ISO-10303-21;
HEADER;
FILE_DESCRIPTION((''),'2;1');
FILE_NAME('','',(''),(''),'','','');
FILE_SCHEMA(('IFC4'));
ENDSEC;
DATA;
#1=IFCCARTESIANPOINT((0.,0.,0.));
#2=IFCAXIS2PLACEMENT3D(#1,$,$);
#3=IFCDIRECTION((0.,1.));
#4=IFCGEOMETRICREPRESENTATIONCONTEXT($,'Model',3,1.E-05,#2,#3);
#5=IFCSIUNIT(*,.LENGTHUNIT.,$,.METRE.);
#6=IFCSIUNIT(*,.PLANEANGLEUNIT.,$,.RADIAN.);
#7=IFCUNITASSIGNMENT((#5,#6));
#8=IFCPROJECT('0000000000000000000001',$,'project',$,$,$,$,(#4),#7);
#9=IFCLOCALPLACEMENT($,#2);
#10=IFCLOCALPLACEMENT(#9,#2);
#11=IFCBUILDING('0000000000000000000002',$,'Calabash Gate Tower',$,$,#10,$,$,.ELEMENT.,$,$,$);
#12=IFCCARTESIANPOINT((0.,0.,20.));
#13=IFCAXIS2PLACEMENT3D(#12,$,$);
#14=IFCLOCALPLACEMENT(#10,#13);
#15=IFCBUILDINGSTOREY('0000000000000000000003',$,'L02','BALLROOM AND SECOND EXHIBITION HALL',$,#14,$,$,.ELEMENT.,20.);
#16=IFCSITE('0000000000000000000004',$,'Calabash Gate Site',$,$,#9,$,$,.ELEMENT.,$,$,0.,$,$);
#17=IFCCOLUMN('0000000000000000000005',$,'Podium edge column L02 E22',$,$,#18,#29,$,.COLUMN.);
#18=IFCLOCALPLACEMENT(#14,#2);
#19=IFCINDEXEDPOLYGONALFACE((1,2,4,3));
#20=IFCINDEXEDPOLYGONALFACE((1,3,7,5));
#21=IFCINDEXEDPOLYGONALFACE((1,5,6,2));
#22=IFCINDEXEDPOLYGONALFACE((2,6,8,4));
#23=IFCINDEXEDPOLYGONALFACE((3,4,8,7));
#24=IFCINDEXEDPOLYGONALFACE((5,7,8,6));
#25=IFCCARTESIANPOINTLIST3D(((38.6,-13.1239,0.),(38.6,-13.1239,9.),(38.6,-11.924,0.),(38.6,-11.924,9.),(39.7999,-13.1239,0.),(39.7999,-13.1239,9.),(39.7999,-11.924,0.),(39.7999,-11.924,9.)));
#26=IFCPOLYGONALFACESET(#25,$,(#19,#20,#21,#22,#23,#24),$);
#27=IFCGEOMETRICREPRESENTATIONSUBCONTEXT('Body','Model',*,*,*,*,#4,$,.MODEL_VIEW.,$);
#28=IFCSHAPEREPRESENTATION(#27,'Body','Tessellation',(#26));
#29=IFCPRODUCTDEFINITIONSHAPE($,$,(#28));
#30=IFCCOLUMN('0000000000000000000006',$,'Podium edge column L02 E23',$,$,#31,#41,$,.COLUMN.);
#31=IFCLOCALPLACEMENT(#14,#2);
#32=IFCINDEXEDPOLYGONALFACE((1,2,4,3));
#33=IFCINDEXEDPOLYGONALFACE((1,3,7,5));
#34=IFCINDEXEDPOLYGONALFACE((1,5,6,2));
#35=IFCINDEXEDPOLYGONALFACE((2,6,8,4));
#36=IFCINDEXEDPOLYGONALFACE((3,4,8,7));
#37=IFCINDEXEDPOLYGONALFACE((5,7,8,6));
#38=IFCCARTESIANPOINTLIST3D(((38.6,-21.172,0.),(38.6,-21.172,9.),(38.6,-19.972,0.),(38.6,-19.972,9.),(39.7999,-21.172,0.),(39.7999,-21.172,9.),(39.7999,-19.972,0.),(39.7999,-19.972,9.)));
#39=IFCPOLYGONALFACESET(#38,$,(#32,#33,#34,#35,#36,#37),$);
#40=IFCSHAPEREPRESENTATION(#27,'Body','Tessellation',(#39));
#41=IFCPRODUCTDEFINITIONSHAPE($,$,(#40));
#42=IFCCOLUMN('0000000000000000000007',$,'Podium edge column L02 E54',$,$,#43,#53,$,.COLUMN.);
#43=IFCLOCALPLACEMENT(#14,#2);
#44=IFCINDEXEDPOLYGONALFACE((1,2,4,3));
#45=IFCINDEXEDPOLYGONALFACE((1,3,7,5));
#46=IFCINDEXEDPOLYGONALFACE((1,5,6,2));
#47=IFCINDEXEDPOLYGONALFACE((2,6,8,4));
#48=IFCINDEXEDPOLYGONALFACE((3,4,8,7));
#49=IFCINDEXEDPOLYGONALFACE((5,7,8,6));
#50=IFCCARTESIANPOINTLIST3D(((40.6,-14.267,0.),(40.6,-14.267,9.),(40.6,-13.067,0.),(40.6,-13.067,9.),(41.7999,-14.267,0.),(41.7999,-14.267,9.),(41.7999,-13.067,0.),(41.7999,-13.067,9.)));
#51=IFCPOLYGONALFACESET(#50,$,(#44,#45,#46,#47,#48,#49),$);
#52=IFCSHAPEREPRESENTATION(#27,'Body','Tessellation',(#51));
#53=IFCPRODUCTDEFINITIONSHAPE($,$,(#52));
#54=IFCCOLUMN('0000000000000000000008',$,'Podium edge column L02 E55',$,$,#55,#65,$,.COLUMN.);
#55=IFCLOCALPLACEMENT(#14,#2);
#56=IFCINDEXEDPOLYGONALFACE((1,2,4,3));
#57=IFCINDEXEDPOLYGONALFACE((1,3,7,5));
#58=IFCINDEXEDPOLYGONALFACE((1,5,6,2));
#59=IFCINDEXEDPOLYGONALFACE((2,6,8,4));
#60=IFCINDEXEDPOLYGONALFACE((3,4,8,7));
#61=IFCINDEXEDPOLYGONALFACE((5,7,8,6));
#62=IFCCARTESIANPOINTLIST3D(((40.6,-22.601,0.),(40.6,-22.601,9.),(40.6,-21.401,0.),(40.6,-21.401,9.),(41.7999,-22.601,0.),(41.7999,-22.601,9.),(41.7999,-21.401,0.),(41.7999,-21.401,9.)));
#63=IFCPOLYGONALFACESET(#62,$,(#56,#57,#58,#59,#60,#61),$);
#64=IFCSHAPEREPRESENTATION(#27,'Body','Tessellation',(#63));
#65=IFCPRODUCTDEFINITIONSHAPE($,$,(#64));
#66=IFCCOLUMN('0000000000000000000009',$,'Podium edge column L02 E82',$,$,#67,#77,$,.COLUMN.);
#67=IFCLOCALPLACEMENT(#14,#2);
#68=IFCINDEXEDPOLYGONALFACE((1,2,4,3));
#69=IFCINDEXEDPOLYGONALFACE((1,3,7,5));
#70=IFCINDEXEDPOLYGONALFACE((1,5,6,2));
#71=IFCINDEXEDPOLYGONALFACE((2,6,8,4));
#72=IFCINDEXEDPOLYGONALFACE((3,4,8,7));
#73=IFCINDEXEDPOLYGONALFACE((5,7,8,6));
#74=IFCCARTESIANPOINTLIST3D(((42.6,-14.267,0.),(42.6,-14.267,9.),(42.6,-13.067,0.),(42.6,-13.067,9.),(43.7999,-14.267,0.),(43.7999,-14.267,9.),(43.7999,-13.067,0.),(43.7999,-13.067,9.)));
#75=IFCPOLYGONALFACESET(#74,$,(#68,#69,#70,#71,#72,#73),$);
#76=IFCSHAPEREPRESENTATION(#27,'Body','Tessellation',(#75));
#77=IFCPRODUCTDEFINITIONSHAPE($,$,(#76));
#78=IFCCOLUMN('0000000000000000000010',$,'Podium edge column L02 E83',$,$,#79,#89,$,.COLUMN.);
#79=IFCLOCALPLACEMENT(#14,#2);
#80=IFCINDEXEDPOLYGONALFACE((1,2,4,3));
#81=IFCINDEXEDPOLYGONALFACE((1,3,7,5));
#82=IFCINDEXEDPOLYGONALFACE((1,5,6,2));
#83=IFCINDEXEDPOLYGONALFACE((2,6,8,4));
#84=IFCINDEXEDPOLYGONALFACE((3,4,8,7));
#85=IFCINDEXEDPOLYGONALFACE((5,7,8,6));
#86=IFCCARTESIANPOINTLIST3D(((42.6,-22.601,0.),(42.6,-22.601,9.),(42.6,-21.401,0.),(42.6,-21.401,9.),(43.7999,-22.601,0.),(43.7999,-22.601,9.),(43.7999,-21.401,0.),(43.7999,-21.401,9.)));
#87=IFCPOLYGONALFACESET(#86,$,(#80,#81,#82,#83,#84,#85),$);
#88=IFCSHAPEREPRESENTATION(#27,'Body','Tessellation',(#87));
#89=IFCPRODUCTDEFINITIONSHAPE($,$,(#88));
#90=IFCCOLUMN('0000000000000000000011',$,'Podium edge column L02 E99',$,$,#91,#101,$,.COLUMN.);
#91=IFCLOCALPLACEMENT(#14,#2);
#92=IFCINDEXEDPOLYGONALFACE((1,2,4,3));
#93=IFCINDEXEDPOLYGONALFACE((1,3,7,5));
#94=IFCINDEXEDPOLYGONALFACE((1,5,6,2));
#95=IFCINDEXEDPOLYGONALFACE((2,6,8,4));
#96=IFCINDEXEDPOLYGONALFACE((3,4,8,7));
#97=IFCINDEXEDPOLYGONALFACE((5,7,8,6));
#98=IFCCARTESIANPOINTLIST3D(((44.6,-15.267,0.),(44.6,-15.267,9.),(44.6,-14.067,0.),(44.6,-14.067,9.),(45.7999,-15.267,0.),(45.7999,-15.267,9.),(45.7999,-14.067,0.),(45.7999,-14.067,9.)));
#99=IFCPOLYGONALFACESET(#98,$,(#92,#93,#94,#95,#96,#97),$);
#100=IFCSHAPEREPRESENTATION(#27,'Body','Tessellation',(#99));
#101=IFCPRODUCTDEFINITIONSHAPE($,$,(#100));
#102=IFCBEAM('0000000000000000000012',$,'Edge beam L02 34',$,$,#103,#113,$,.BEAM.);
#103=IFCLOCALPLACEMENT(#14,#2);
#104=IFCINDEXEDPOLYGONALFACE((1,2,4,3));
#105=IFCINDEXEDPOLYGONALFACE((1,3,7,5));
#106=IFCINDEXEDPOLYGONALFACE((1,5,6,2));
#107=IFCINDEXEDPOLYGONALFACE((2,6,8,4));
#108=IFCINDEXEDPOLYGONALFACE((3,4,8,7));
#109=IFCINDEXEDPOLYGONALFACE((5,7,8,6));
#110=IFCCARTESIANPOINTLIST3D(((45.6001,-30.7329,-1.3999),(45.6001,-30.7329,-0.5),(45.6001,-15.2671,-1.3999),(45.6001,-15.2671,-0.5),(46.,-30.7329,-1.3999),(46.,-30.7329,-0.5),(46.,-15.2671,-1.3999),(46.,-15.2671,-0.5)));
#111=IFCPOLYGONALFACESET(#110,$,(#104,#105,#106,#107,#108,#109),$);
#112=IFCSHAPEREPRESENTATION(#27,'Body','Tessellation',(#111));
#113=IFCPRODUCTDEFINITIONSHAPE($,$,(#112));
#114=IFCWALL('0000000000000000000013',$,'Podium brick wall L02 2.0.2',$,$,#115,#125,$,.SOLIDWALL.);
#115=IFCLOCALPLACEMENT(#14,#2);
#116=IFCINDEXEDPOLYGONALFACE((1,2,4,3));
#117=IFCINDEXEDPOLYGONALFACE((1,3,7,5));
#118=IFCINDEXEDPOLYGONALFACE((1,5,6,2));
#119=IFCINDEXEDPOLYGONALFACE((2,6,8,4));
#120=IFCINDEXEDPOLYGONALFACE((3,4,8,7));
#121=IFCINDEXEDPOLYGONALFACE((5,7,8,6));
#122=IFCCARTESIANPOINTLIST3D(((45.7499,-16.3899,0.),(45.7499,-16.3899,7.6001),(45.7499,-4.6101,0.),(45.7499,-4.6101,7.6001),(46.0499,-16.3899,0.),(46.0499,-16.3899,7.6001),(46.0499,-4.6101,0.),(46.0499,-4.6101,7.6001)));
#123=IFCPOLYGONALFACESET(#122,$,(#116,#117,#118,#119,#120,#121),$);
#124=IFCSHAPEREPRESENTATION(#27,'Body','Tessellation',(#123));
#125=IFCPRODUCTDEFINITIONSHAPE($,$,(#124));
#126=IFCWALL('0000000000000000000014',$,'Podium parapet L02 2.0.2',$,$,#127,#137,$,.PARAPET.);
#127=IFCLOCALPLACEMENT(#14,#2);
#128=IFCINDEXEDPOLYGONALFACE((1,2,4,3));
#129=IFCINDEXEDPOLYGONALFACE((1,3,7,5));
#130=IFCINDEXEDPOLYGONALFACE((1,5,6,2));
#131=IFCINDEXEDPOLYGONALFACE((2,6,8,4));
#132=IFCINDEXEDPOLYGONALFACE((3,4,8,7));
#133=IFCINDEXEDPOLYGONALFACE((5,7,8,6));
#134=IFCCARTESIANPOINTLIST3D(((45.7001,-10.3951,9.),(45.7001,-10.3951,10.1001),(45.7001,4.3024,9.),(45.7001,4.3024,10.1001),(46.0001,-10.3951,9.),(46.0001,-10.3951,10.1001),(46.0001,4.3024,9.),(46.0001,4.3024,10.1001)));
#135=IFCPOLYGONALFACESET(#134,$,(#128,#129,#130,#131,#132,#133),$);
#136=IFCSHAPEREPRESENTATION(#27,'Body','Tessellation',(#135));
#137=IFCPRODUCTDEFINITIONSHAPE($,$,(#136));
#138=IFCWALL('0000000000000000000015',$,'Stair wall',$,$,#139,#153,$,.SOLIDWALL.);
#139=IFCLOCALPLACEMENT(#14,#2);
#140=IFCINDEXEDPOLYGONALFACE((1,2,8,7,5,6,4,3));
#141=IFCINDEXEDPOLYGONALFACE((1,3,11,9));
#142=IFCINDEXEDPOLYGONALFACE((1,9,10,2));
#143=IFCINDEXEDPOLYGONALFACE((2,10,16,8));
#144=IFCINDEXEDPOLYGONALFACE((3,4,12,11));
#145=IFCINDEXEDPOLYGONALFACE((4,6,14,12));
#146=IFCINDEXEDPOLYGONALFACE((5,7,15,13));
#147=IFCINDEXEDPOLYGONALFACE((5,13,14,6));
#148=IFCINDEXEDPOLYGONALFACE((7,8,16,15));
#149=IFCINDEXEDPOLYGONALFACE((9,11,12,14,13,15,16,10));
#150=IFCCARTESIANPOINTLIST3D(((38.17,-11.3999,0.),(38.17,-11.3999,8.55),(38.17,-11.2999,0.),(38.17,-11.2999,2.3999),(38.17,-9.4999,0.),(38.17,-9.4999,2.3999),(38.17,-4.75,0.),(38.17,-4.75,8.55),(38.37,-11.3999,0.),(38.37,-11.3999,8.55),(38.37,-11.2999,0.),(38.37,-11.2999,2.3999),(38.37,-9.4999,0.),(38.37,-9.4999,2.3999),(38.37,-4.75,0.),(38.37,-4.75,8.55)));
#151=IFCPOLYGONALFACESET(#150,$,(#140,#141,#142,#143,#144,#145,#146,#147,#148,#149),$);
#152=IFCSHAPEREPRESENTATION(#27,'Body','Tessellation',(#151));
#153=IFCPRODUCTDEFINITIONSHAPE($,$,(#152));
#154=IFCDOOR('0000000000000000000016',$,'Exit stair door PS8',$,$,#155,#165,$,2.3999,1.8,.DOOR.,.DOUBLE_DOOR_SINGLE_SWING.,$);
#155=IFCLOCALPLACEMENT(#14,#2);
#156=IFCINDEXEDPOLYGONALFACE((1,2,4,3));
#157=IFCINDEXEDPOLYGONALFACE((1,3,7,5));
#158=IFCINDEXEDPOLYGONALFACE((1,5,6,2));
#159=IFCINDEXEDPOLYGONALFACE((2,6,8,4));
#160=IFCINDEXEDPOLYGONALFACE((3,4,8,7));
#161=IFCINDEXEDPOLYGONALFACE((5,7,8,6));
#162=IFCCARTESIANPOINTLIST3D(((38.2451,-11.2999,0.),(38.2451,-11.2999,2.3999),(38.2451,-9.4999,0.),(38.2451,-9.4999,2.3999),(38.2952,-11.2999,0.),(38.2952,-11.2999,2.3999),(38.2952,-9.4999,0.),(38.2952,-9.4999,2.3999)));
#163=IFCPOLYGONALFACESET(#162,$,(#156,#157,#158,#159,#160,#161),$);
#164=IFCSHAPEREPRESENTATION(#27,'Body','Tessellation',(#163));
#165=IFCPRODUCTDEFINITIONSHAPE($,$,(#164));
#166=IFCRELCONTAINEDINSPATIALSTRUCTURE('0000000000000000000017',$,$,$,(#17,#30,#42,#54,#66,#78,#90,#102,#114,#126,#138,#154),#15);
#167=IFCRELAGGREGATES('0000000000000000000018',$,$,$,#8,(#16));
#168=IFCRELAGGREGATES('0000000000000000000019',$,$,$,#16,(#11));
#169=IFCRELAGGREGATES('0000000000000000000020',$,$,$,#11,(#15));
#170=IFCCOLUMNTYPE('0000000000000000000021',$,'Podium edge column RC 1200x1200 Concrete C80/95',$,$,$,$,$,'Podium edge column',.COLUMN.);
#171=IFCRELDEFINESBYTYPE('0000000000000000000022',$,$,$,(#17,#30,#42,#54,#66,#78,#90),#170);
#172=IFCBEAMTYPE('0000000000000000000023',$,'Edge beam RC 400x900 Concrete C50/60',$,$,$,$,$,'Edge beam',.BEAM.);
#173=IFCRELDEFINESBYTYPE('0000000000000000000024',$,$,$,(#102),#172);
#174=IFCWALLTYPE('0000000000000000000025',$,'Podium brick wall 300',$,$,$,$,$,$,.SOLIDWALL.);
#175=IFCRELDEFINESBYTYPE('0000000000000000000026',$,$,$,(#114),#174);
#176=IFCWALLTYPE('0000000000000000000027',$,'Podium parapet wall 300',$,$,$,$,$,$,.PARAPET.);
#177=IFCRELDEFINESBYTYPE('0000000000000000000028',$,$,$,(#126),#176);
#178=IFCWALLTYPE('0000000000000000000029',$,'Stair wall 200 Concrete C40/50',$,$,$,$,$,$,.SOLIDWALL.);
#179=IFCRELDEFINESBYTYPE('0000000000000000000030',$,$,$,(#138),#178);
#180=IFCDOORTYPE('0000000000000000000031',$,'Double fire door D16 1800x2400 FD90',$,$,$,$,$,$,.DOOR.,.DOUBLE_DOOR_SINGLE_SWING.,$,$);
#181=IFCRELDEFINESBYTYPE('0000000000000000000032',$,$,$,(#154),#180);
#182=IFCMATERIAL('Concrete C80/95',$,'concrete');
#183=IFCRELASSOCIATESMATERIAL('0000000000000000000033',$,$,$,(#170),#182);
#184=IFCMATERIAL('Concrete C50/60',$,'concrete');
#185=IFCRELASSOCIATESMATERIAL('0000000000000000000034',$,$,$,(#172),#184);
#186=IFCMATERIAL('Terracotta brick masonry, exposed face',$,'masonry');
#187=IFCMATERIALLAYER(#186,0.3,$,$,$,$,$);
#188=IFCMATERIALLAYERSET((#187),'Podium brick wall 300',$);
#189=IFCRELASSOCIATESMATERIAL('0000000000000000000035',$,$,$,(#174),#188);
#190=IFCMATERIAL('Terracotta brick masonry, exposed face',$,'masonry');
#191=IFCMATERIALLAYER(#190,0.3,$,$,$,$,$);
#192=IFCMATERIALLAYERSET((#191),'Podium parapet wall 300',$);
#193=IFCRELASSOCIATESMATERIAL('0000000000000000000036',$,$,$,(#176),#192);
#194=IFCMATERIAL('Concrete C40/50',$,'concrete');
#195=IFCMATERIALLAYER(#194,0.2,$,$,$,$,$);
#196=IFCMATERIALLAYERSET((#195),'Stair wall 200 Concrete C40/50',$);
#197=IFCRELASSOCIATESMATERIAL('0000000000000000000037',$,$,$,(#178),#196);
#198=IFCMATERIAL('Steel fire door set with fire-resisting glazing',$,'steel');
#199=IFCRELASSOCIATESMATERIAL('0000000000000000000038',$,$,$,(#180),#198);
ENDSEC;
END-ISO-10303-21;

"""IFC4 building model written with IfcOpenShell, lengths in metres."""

from ifc_helpers import new_model, si_unit, direction, frame, frame_2d, origin, origin_2d, place, context, subcontext, project, spatial, rectangle, extrude, material, layer, layer_set, material_profile, profile_set, type_object, element, fill, save


model = new_model("IFC4")

# Units and contexts
model_context = context("Model", 3, precision=1e-05, world=origin(), true_north=direction((0.0, 1.0)))
body_context = subcontext(model_context, "Body", "Model", "MODEL_VIEW")
ifc_project = project(units=[si_unit("LENGTHUNIT", "METRE"), si_unit("PLANEANGLEUNIT", "RADIAN")], contexts=[model_context])

# Site, building, storey
site_placement = place(None, origin())
site = spatial("IfcSite", under=ifc_project, at=site_placement, Name="Calabash Gate Site", CompositionType="ELEMENT", RefElevation=0.0)
building_placement = place(site_placement, origin())
building = spatial("IfcBuilding", under=site, at=building_placement, Name="Calabash Gate Tower", CompositionType="ELEMENT")
storey_placement = place(building_placement, frame((0.0, 0.0, 20.0)))
storey = spatial("IfcBuildingStorey", under=building, at=storey_placement, Name="L02", Description="BALLROOM AND SECOND EXHIBITION HALL", CompositionType="ELEMENT", Elevation=20.0)

# Columns
ifc_material_1 = material(Name="Concrete C80/95", Category="concrete")
ifc_material_profile_1 = material_profile(ifc_material_1, rectangle(XDim=1.2, YDim=1.2, at=origin_2d()))
ifc_profile_set_1 = profile_set([ifc_material_profile_1], Name="Concrete C80/95")
column_type = type_object("IfcColumnType", Name="Podium edge column RC 1200x1200 Concrete C80/95", ElementType="Podium edge column", PredefinedType="COLUMN", material=ifc_profile_set_1)
for number, where, z_axis, x_axis, name in (
    (1, (39.2, -12.5239, 0.0), (0.0, 0.0, 1.0), (1.0, 0.0, 0.0), "Podium edge column L02 E22"),
    (2, (39.2, -20.572, 0.0), (0.0, 0.0, 1.0), (1.0, 0.0, 0.0), "Podium edge column L02 E23"),
    (3, (41.2, -13.667, 0.0), (0.0, 0.0, 1.0), (1.0, 0.0, 0.0), "Podium edge column L02 E54"),
    (4, (41.2, -22.001, 0.0), (0.0, 0.0, 1.0), (1.0, 0.0, 0.0), "Podium edge column L02 E55"),
    (5, (43.2, -13.667, 0.0), (0.0, 0.0, 1.0), (1.0, 0.0, 0.0), "Podium edge column L02 E82"),
    (6, (43.2, -22.001, 0.0), (0.0, 0.0, 1.0), (1.0, 0.0, 0.0), "Podium edge column L02 E83"),
    (7, (45.2, -14.667, 0.0), (0.0, 0.0, 1.0), (1.0, 0.0, 0.0), "Podium edge column L02 E99"),
):
    element("IfcColumn", number, at=place(storey_placement, frame(where, z_axis=z_axis, x_axis=x_axis)), inside=storey, type_object=column_type, Name=name, PredefinedType="COLUMN", context=body_context, shape_type="SweptSolid", body=[
        extrude(rectangle(XDim=1.2, YDim=1.2, at=origin_2d()), origin(), (0.0, 0.0, 1.0), 9.0),
    ])

# Beam
ifc_material_2 = material(Name="Concrete C50/60", Category="concrete")
ifc_material_profile_2 = material_profile(ifc_material_2, rectangle(XDim=0.3999, YDim=0.8999, at=origin_2d()))
ifc_profile_set_2 = profile_set([ifc_material_profile_2], Name="Concrete C50/60")
beam_type = type_object("IfcBeamType", Name="Edge beam RC 400x900 Concrete C50/60", ElementType="Edge beam", PredefinedType="BEAM", material=ifc_profile_set_2)
beam_placement = place(storey_placement, frame((45.8, -15.2671, -0.95), z_axis=(0.0, -1.0, 0.0), x_axis=(1.0, 0.0, 0.0)))
element("IfcBeam", 8, at=beam_placement, inside=storey, type_object=beam_type, Name="Edge beam L02 34", PredefinedType="BEAM", context=body_context, shape_type="SweptSolid", body=[
    extrude(rectangle(XDim=0.3999, YDim=0.8999, at=origin_2d()), origin(), (0.0, 0.0, 1.0), 15.4658),
])

# Walls
ifc_material_3 = material(Name="Terracotta brick masonry, exposed face", Category="masonry")
ifc_layer_1 = layer(ifc_material_3, 0.3)
ifc_layer_set_1 = layer_set([ifc_layer_1], Name="Podium brick wall 300")
wall_type_1 = type_object("IfcWallType", Name="Podium brick wall 300", PredefinedType="SOLIDWALL", material=ifc_layer_set_1)
wall_1_placement = place(storey_placement, frame((45.8999, -16.3899, 0.0), z_axis=(0.0, 0.0, 1.0), x_axis=(0.0, 1.0, 0.0)))
element("IfcWall", 9, at=wall_1_placement, inside=storey, type_object=wall_type_1, Name="Podium brick wall L02 2.0.2", PredefinedType="SOLIDWALL", context=body_context, shape_type="SweptSolid", body=[
    extrude(rectangle(XDim=11.7798, YDim=0.3, at=frame_2d((5.8899, 0.0))), origin(), (0.0, 0.0, 1.0), 7.6001),
])
ifc_material_4 = material(Name="Terracotta brick masonry, exposed face", Category="masonry")
ifc_layer_2 = layer(ifc_material_4, 0.3)
ifc_layer_set_2 = layer_set([ifc_layer_2], Name="Podium parapet wall 300")
wall_type_2 = type_object("IfcWallType", Name="Podium parapet wall 300", PredefinedType="PARAPET", material=ifc_layer_set_2)
wall_2_placement = place(storey_placement, frame((45.8501, -10.395, 9.0), z_axis=(0.0, 0.0, 1.0), x_axis=(0.0, 1.0, 0.0)))
element("IfcWall", 10, at=wall_2_placement, inside=storey, type_object=wall_type_2, Name="Podium parapet L02 2.0.2", PredefinedType="PARAPET", context=body_context, shape_type="SweptSolid", body=[
    extrude(rectangle(XDim=14.6975, YDim=0.3, at=frame_2d((7.3486, 0.0))), origin(), (0.0, 0.0, 1.0), 1.1001),
])

# Wall, opening, door
ifc_material_5 = material(Name="Concrete C40/50", Category="concrete")
ifc_layer_3 = layer(ifc_material_5, 0.2)
ifc_layer_set_3 = layer_set([ifc_layer_3], Name="Stair wall 200 Concrete C40/50")
wall_type_3 = type_object("IfcWallType", Name="Stair wall 200 Concrete C40/50", PredefinedType="SOLIDWALL", material=ifc_layer_set_3)
wall_3_placement = place(storey_placement, frame((38.27, -11.3999, 0.0), z_axis=(0.0, 0.0, 1.0), x_axis=(0.0, 1.0, 0.0)))
wall_3 = element("IfcWall", 11, at=wall_3_placement, inside=storey, type_object=wall_type_3, Name="Stair wall", PredefinedType="SOLIDWALL", context=body_context, shape_type="SweptSolid", body=[
    extrude(rectangle(XDim=6.6499, YDim=0.2, at=frame_2d((3.325, 0.0))), origin(), (0.0, 0.0, 1.0), 8.55),
])
opening_placement = place(wall_3_placement, frame((0.1001, 0.0, 0.0)))
opening = element("IfcOpeningElement", 12, at=opening_placement, cuts=wall_3, PredefinedType="OPENING", context=body_context, shape_type="SweptSolid", body=[
    extrude(rectangle(XDim=1.8, YDim=2.3999, at=frame_2d((0.8999, 1.2))), frame((0.0, 0.1099, 0.0), z_axis=(0.0, -1.0, 0.0), x_axis=(1.0, 0.0, 0.0)), (0.0, 0.0, 1.0), 0.22),
])
ifc_material_6 = material(Name="Steel fire door set with fire-resisting glazing", Category="steel")
door_type = type_object("IfcDoorType", Name="Double fire door D16 1800x2400 FD90", OperationType="DOUBLE_DOOR_SINGLE_SWING", PredefinedType="DOOR", material=ifc_material_6)
door_placement = place(opening_placement, origin())
door = element("IfcDoor", 13, at=door_placement, inside=storey, type_object=door_type, Name="Exit stair door PS8", OperationType="DOUBLE_DOOR_SINGLE_SWING", OverallHeight=2.3999, OverallWidth=1.8, PredefinedType="DOOR", context=body_context, shape_type="SweptSolid", body=[
    extrude(rectangle(XDim=1.8, YDim=2.3999, at=frame_2d((0.8999, 1.2))), frame((0.0, 0.0249, 0.0), z_axis=(0.0, -1.0, 0.0), x_axis=(1.0, 0.0, 0.0)), (0.0, 0.0, 1.0), 0.05),
])
fill(opening, door)

save(model, "model.ifc")
